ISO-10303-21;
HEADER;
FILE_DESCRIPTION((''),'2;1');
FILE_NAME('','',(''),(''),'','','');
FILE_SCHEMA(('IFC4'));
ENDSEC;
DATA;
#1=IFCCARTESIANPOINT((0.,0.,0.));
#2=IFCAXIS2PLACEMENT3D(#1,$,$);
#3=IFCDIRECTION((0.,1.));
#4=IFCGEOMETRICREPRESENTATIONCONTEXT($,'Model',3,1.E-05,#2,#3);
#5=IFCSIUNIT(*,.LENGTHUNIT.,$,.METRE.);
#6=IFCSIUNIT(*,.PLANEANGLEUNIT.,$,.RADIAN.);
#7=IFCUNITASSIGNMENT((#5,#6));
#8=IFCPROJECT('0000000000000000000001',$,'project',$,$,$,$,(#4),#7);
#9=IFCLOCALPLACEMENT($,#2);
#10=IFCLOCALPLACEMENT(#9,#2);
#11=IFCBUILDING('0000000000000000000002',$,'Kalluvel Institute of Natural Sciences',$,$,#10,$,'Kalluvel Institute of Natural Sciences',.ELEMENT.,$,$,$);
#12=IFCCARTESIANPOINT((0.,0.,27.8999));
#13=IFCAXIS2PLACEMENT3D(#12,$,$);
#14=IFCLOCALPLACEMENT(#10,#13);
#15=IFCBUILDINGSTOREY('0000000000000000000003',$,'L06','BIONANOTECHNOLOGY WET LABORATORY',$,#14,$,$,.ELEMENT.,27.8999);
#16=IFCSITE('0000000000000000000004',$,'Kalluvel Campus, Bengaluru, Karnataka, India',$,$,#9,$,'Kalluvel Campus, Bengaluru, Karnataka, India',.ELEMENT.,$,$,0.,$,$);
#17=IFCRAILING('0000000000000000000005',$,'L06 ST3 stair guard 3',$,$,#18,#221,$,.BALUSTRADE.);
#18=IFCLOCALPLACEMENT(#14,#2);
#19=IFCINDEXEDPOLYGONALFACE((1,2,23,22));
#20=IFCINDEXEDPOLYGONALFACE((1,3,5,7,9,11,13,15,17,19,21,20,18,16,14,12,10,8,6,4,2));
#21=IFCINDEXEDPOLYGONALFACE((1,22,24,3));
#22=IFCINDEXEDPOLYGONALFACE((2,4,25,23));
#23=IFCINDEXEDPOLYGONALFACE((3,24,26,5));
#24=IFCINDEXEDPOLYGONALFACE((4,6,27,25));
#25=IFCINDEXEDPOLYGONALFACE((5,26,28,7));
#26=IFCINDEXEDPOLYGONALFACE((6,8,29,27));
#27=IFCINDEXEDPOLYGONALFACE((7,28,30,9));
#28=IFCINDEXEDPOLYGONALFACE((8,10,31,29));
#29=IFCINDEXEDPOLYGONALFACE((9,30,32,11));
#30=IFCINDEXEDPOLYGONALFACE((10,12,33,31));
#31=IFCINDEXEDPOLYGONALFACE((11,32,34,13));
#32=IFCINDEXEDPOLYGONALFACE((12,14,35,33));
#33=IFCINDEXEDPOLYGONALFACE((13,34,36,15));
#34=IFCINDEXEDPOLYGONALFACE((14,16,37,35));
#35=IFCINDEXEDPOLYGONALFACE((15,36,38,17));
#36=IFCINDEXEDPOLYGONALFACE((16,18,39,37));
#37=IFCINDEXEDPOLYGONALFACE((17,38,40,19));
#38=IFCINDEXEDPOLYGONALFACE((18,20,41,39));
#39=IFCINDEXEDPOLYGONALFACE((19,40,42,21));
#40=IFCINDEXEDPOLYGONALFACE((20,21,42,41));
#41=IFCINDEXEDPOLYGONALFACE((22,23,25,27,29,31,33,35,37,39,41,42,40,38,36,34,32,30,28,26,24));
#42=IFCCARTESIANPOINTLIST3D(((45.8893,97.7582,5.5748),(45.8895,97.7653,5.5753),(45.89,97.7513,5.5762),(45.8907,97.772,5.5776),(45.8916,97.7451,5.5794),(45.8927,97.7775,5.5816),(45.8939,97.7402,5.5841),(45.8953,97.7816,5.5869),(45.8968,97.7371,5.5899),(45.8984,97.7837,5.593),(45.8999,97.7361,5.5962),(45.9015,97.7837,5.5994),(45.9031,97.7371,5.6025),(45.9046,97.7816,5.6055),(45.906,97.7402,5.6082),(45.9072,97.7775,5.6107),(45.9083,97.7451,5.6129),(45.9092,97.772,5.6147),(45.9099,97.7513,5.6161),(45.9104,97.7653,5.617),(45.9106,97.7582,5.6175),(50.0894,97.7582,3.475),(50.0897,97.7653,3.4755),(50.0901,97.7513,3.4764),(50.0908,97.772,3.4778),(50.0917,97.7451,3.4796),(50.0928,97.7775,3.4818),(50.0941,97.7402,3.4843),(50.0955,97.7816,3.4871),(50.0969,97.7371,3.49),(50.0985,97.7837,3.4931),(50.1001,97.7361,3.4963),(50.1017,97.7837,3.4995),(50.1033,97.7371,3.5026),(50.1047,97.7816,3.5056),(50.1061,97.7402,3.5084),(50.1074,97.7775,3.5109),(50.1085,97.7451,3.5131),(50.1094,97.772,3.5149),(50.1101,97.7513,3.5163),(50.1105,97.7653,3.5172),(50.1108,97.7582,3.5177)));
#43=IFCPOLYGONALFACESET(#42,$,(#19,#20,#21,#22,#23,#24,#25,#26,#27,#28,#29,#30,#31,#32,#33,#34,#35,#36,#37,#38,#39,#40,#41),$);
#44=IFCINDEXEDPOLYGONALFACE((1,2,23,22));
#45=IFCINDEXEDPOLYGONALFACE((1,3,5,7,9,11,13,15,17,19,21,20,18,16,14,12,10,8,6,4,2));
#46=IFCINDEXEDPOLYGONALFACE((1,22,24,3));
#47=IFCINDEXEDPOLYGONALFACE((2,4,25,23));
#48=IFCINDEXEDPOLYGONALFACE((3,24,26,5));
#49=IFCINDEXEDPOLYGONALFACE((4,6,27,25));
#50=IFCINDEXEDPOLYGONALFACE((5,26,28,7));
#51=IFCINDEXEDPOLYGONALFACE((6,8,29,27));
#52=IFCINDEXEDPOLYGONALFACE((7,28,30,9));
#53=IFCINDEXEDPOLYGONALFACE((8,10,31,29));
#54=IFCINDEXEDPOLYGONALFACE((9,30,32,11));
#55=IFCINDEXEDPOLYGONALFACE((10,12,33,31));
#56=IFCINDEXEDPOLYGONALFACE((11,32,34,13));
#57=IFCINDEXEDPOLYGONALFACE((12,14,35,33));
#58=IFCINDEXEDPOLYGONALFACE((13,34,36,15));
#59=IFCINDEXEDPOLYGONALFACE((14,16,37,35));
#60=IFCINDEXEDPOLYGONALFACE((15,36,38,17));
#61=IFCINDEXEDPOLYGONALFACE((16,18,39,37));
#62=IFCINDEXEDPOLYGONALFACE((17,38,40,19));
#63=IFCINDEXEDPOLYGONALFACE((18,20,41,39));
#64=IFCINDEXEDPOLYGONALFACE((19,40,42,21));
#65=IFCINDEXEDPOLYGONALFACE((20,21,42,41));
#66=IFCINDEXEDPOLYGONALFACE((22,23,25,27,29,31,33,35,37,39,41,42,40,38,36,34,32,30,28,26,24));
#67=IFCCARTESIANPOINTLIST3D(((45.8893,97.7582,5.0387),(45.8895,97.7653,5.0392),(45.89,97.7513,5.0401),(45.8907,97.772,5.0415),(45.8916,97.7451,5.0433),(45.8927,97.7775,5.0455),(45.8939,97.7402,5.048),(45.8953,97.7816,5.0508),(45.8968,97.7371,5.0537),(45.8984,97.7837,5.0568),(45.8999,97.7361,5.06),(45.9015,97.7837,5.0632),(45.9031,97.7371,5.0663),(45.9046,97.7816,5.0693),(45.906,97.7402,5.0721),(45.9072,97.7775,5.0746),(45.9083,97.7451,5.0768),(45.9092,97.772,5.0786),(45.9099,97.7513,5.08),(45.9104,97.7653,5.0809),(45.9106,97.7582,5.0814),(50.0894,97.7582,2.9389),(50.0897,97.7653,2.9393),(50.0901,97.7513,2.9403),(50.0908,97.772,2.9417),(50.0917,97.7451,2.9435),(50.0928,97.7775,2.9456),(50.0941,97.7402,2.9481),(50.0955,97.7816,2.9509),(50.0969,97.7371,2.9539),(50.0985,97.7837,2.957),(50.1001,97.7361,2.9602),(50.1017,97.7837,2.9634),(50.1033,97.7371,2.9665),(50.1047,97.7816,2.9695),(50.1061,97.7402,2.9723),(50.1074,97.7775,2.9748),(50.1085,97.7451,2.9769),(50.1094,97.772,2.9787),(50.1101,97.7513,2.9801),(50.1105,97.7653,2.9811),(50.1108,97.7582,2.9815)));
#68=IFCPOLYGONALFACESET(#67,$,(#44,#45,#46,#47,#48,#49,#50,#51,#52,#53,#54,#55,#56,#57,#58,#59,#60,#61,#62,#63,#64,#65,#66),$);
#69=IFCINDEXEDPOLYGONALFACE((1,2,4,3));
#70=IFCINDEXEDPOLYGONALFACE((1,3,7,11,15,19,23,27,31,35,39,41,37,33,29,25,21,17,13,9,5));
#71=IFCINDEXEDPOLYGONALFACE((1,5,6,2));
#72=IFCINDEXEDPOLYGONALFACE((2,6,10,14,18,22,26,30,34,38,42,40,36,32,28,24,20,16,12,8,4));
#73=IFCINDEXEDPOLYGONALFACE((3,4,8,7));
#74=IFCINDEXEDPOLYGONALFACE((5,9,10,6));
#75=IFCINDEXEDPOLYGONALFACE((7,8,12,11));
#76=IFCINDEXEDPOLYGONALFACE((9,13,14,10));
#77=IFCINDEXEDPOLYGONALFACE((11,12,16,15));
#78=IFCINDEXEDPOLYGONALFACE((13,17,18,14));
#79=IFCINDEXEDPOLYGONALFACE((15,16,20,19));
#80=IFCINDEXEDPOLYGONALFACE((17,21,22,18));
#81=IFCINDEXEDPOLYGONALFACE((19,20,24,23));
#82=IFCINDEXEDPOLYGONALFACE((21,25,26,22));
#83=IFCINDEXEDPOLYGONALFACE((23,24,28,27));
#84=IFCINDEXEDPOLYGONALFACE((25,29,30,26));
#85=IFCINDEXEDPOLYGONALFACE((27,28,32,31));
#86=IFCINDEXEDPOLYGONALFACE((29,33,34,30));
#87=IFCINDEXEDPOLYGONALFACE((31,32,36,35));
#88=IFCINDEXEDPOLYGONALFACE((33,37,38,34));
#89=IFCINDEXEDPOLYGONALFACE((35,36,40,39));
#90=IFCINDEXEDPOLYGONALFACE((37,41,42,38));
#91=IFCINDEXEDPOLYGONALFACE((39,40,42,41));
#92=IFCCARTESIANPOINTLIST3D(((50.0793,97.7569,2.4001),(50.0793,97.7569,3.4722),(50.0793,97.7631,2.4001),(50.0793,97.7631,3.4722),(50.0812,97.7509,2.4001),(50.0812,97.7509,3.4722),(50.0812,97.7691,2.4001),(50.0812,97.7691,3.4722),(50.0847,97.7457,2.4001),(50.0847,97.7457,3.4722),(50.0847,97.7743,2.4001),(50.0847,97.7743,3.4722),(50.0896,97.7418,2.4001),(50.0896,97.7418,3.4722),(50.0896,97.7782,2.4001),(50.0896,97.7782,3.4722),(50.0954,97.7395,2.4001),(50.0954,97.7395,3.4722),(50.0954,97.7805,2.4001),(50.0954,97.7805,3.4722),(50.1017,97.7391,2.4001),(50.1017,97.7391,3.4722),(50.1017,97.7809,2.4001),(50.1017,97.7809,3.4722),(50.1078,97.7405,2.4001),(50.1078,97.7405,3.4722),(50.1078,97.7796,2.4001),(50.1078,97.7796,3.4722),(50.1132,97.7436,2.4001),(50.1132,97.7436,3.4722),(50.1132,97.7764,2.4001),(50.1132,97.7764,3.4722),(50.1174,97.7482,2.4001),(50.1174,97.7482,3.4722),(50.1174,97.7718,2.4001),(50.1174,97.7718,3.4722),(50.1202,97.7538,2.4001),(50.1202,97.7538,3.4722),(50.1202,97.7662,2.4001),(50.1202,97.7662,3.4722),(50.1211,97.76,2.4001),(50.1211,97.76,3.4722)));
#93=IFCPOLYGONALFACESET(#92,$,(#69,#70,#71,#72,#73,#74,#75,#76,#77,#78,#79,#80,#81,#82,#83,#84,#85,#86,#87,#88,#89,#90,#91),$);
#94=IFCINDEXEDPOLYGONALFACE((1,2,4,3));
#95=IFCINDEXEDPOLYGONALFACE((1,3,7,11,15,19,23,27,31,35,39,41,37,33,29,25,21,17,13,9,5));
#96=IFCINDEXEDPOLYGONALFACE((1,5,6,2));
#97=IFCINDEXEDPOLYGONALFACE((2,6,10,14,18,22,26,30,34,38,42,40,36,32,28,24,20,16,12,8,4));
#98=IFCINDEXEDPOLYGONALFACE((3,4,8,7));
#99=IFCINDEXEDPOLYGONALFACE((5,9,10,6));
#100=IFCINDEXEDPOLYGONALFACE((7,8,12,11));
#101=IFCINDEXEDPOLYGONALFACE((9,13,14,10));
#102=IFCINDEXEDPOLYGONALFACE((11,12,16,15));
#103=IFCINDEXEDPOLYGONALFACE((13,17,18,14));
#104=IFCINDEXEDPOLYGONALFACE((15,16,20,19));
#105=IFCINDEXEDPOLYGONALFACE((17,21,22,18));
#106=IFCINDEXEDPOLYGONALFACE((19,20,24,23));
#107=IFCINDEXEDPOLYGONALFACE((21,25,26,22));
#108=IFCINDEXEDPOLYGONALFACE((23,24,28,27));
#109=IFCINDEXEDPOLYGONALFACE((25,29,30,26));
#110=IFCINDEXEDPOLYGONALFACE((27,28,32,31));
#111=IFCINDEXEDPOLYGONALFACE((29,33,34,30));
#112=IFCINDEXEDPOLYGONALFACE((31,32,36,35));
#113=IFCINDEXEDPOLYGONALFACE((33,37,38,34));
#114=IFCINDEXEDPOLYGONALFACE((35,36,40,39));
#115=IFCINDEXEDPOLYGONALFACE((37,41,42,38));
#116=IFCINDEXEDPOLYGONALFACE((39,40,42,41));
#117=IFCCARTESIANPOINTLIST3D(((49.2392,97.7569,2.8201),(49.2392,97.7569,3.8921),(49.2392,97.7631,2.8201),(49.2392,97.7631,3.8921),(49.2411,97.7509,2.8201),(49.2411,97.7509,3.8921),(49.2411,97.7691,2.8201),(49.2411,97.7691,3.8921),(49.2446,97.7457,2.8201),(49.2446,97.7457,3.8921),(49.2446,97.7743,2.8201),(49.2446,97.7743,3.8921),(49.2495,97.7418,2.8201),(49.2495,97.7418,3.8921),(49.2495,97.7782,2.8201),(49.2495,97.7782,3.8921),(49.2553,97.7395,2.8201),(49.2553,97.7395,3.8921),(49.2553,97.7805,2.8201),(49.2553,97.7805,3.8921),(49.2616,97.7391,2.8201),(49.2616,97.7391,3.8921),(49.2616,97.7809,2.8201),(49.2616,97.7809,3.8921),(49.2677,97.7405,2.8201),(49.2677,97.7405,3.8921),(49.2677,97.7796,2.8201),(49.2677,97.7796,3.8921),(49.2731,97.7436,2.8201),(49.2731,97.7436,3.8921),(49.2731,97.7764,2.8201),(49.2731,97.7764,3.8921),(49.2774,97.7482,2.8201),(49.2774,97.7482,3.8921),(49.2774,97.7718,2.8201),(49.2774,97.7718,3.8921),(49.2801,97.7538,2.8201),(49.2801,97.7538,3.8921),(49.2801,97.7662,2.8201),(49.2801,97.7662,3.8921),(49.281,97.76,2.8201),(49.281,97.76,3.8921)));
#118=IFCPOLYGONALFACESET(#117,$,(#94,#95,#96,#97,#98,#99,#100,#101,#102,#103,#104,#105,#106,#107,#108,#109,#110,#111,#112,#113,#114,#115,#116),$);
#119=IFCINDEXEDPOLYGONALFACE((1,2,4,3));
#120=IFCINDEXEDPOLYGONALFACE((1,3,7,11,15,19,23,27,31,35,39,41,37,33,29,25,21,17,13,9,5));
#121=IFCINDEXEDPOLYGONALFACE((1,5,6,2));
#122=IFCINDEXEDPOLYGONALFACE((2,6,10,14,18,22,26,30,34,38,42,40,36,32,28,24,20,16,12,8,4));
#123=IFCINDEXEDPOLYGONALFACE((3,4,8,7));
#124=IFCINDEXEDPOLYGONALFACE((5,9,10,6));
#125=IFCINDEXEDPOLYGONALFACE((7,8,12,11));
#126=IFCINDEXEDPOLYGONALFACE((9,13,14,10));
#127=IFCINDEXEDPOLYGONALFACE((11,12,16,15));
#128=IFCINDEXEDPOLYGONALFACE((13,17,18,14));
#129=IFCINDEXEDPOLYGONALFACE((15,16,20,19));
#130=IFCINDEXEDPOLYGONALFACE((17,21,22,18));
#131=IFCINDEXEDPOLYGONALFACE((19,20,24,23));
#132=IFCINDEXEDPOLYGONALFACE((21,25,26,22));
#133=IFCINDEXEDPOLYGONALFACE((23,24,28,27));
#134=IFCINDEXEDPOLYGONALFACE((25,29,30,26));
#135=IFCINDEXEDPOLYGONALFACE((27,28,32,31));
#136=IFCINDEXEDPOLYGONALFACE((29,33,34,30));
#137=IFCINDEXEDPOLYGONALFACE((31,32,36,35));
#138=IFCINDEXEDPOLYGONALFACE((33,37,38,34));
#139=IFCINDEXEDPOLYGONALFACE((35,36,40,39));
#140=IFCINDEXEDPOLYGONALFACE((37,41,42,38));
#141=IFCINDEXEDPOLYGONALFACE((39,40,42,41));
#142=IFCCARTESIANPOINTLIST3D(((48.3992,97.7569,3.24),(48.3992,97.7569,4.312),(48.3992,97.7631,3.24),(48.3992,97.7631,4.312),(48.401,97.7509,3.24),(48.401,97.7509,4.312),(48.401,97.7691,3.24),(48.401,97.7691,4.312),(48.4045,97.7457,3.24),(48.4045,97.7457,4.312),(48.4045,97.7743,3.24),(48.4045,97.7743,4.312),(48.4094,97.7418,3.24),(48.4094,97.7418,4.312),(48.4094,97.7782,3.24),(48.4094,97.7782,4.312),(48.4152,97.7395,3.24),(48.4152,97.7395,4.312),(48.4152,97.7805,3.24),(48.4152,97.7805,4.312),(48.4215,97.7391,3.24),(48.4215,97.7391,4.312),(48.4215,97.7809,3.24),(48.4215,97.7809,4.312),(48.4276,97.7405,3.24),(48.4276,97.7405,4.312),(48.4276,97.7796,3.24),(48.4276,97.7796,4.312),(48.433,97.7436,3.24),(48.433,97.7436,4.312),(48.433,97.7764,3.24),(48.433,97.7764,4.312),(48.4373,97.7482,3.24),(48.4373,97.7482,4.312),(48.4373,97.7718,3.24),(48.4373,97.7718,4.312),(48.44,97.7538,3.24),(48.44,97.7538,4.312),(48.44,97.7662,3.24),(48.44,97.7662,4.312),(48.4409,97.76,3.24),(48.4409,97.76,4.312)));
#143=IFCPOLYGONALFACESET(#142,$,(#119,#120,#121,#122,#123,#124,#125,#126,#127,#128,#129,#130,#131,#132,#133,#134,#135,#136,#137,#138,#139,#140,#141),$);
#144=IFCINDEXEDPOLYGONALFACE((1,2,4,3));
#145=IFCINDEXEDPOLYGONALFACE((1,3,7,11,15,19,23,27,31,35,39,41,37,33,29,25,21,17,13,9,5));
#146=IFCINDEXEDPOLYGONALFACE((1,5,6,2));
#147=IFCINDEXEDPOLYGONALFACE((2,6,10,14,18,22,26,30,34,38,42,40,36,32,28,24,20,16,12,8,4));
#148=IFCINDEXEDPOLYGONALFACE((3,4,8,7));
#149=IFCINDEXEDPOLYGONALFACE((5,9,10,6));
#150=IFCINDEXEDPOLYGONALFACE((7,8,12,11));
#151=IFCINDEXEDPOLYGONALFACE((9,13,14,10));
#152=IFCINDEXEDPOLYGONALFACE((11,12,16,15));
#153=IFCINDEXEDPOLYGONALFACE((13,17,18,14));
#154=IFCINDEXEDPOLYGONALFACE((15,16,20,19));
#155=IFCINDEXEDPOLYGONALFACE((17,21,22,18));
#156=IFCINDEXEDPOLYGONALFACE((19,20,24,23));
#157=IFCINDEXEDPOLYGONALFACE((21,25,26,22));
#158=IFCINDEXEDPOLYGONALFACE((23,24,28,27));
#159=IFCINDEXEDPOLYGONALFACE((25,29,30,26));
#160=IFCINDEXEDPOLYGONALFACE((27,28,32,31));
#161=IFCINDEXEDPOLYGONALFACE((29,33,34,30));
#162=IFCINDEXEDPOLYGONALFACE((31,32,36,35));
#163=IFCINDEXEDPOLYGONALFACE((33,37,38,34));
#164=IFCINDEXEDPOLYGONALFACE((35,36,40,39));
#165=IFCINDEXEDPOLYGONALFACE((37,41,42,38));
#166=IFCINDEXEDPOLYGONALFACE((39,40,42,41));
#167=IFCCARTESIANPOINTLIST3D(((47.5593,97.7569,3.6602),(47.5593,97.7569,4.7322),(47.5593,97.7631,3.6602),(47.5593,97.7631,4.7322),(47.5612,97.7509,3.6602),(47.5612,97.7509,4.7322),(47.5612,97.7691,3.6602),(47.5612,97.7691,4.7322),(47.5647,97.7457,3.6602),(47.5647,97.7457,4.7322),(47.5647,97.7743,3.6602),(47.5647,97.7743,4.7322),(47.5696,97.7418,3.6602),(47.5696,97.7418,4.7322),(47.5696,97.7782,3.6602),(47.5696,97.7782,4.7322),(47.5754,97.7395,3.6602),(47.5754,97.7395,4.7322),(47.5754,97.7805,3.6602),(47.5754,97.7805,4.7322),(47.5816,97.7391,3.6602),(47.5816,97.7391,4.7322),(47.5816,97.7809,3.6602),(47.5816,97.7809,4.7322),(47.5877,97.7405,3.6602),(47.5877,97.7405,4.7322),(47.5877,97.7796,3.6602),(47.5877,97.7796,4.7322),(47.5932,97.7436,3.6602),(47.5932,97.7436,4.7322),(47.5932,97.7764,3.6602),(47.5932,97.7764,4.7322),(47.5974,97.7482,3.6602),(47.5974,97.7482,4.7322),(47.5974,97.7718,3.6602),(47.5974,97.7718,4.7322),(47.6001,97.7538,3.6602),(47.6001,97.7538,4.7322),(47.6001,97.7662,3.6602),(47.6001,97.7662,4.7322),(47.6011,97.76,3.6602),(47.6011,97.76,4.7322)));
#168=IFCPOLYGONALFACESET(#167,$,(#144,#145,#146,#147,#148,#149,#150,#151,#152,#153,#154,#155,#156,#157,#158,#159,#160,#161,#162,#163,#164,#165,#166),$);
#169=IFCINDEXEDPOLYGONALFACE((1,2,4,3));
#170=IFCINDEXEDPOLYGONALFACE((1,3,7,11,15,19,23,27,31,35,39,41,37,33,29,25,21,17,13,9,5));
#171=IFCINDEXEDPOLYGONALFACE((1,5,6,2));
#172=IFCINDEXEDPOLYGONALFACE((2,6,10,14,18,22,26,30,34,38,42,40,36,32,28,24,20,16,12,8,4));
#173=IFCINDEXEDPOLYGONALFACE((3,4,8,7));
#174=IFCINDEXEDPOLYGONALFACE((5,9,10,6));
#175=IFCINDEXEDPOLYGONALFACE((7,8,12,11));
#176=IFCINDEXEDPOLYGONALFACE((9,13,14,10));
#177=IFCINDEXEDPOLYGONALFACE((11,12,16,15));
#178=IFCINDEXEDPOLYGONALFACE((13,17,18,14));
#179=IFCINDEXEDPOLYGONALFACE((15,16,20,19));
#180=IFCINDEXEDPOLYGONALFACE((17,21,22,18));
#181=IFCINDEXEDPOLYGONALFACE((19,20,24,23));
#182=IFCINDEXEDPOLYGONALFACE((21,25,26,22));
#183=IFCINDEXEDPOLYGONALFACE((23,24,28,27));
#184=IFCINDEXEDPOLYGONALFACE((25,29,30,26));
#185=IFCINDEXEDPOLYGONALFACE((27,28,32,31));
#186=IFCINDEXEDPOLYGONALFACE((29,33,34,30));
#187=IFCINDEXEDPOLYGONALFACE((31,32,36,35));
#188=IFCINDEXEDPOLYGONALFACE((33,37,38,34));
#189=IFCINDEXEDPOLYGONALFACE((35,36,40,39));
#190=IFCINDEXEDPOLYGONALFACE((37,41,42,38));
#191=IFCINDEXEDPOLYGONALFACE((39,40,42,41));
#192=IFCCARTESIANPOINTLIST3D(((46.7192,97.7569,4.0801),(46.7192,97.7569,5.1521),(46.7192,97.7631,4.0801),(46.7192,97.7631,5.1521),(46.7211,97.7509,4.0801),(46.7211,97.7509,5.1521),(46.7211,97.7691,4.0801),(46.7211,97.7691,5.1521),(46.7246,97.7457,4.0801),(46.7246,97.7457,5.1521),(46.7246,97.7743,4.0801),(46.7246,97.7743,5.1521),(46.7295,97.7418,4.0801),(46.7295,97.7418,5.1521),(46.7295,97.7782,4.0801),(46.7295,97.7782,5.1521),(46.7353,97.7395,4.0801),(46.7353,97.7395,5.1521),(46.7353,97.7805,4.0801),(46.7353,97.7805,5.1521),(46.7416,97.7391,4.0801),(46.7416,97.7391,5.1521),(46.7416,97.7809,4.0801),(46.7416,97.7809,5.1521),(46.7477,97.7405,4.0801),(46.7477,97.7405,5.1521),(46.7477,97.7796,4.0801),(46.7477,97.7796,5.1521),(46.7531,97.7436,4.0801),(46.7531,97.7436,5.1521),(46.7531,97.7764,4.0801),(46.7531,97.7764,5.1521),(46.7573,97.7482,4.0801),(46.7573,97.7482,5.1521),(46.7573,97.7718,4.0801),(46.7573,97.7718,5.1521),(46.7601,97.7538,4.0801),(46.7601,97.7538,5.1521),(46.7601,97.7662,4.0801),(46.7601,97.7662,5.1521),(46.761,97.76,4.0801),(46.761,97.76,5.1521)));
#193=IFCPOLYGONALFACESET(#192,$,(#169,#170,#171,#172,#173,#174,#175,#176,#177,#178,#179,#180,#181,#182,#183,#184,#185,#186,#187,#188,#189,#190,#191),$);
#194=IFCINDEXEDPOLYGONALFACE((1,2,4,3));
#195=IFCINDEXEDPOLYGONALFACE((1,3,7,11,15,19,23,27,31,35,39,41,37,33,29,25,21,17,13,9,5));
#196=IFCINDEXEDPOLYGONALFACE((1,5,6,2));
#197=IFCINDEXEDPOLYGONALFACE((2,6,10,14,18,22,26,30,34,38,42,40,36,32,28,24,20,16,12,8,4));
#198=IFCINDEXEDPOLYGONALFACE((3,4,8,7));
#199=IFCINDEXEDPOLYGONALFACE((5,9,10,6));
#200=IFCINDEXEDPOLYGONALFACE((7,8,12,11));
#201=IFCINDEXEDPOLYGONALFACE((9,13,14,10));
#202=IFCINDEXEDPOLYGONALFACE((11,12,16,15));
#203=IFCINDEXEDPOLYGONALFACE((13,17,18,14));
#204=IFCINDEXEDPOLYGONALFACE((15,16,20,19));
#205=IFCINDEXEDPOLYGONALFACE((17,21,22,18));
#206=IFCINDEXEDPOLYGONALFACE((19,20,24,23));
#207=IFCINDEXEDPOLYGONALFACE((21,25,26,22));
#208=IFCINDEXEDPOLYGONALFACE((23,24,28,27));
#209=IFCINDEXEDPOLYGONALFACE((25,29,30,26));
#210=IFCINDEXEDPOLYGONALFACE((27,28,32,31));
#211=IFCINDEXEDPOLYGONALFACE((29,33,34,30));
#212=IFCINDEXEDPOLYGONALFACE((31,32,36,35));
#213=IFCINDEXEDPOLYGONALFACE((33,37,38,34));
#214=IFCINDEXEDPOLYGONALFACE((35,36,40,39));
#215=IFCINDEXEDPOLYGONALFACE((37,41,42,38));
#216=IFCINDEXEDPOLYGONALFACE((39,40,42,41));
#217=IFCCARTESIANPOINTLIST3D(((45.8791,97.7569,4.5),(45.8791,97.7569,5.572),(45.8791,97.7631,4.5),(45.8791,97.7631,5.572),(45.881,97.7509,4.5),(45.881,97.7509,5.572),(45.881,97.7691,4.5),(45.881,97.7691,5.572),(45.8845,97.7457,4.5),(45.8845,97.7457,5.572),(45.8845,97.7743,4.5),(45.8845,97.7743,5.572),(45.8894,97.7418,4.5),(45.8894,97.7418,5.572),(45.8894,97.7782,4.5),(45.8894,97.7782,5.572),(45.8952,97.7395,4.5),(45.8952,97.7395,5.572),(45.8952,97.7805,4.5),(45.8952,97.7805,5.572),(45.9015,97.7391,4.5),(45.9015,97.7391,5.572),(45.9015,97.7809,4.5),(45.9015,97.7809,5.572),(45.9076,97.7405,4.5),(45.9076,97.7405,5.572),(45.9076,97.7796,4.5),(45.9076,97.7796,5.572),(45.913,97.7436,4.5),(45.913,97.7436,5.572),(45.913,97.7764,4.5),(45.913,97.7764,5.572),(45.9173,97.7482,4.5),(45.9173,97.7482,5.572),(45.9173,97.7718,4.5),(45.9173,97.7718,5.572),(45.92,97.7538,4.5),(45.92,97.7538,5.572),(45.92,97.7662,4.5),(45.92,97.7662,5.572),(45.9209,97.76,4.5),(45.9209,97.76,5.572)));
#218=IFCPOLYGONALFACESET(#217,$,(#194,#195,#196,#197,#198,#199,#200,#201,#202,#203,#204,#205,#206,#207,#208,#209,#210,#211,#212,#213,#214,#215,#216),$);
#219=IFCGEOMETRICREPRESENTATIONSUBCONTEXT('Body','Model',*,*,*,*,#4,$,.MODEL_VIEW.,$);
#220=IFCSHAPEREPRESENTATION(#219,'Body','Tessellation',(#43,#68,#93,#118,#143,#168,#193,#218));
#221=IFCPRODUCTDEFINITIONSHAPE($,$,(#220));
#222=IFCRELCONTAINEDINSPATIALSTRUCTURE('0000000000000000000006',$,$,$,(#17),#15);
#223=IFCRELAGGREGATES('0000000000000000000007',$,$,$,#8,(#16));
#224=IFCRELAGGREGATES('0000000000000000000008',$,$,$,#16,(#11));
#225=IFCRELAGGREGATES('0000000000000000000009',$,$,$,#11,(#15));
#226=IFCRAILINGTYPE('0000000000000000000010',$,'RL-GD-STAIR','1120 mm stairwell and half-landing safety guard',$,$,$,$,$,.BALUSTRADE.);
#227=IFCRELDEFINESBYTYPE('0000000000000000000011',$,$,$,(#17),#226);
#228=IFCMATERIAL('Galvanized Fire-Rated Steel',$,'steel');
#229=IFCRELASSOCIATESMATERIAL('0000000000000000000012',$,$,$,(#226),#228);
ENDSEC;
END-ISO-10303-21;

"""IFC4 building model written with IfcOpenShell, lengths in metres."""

from ifc_helpers import new_model, si_unit, direction, frame, origin, origin_2d, place, context, subcontext, project, spatial, circle, extrude, material, type_object, element, save


model = new_model("IFC4")

# Units and contexts
model_context = context("Model", 3, precision=1e-05, world=origin(), true_north=direction((0.0, 1.0)))
body_context = subcontext(model_context, "Body", "Model", "MODEL_VIEW")
ifc_project = project(units=[si_unit("LENGTHUNIT", "METRE"), si_unit("PLANEANGLEUNIT", "RADIAN")], contexts=[model_context])

# Site, building, storey
site_placement = place(None, origin())
site = spatial("IfcSite", under=ifc_project, at=site_placement, Name="Kalluvel Campus, Bengaluru, Karnataka, India", LongName="Kalluvel Campus, Bengaluru, Karnataka, India", CompositionType="ELEMENT", RefElevation=0.0)
building_placement = place(site_placement, origin())
building = spatial("IfcBuilding", under=site, at=building_placement, Name="Kalluvel Institute of Natural Sciences", LongName="Kalluvel Institute of Natural Sciences", CompositionType="ELEMENT")
storey_placement = place(building_placement, frame((0.0, 0.0, 27.8999)))
storey = spatial("IfcBuildingStorey", under=building, at=storey_placement, Name="L06", Description="BIONANOTECHNOLOGY WET LABORATORY", CompositionType="ELEMENT", Elevation=27.8999)

# Railing
ifc_material_1 = material(Name="Galvanized Fire-Rated Steel", Category="steel")
railing_type_1 = type_object("IfcRailingType", Name="RL-GD-STAIR", Description="1120 mm stairwell and half-landing safety guard", PredefinedType="BALUSTRADE", material=ifc_material_1)
railing_1_placement = place(storey_placement, frame((50.1001, 97.76, 2.4001)))
element("IfcRailing", 1, at=railing_1_placement, inside=storey, type_object=railing_type_1, Name="L06 ST3 stair guard 3", PredefinedType="BALUSTRADE", context=body_context, shape_type="SweptSolid", body=[
    extrude(circle(Radius=0.0239, at=origin_2d()), frame((0.0, 0.0, 1.0962), z_axis=(-0.894448, 0.0, 0.447172), x_axis=(0.0, -1.0, 0.0)), (0.0, 0.0, 1.0), 4.6958),
    extrude(circle(Radius=0.0239, at=origin_2d()), frame((0.0, 0.0, 0.5601), z_axis=(-0.894448, 0.0, 0.447172), x_axis=(0.0, -1.0, 0.0)), (0.0, 0.0, 1.0), 4.6958),
    extrude(circle(Radius=0.021, at=origin_2d()), origin(), (0.0, 0.0, 1.0), 1.072),
    extrude(circle(Radius=0.021, at=origin_2d()), frame((-0.8401, 0.0, 0.4199)), (0.0, 0.0, 1.0), 1.072),
    extrude(circle(Radius=0.021, at=origin_2d()), frame((-1.6802, 0.0, 0.8398)), (0.0, 0.0, 1.0), 1.072),
    extrude(circle(Radius=0.021, at=origin_2d()), frame((-2.52, 0.0, 1.26)), (0.0, 0.0, 1.0), 1.072),
    extrude(circle(Radius=0.021, at=origin_2d()), frame((-3.3601, 0.0, 1.6799)), (0.0, 0.0, 1.0), 1.072),
    extrude(circle(Radius=0.021, at=origin_2d()), frame((-4.2002, 0.0, 2.0999)), (0.0, 0.0, 1.0), 1.072),
])

save(model, "model.ifc")
